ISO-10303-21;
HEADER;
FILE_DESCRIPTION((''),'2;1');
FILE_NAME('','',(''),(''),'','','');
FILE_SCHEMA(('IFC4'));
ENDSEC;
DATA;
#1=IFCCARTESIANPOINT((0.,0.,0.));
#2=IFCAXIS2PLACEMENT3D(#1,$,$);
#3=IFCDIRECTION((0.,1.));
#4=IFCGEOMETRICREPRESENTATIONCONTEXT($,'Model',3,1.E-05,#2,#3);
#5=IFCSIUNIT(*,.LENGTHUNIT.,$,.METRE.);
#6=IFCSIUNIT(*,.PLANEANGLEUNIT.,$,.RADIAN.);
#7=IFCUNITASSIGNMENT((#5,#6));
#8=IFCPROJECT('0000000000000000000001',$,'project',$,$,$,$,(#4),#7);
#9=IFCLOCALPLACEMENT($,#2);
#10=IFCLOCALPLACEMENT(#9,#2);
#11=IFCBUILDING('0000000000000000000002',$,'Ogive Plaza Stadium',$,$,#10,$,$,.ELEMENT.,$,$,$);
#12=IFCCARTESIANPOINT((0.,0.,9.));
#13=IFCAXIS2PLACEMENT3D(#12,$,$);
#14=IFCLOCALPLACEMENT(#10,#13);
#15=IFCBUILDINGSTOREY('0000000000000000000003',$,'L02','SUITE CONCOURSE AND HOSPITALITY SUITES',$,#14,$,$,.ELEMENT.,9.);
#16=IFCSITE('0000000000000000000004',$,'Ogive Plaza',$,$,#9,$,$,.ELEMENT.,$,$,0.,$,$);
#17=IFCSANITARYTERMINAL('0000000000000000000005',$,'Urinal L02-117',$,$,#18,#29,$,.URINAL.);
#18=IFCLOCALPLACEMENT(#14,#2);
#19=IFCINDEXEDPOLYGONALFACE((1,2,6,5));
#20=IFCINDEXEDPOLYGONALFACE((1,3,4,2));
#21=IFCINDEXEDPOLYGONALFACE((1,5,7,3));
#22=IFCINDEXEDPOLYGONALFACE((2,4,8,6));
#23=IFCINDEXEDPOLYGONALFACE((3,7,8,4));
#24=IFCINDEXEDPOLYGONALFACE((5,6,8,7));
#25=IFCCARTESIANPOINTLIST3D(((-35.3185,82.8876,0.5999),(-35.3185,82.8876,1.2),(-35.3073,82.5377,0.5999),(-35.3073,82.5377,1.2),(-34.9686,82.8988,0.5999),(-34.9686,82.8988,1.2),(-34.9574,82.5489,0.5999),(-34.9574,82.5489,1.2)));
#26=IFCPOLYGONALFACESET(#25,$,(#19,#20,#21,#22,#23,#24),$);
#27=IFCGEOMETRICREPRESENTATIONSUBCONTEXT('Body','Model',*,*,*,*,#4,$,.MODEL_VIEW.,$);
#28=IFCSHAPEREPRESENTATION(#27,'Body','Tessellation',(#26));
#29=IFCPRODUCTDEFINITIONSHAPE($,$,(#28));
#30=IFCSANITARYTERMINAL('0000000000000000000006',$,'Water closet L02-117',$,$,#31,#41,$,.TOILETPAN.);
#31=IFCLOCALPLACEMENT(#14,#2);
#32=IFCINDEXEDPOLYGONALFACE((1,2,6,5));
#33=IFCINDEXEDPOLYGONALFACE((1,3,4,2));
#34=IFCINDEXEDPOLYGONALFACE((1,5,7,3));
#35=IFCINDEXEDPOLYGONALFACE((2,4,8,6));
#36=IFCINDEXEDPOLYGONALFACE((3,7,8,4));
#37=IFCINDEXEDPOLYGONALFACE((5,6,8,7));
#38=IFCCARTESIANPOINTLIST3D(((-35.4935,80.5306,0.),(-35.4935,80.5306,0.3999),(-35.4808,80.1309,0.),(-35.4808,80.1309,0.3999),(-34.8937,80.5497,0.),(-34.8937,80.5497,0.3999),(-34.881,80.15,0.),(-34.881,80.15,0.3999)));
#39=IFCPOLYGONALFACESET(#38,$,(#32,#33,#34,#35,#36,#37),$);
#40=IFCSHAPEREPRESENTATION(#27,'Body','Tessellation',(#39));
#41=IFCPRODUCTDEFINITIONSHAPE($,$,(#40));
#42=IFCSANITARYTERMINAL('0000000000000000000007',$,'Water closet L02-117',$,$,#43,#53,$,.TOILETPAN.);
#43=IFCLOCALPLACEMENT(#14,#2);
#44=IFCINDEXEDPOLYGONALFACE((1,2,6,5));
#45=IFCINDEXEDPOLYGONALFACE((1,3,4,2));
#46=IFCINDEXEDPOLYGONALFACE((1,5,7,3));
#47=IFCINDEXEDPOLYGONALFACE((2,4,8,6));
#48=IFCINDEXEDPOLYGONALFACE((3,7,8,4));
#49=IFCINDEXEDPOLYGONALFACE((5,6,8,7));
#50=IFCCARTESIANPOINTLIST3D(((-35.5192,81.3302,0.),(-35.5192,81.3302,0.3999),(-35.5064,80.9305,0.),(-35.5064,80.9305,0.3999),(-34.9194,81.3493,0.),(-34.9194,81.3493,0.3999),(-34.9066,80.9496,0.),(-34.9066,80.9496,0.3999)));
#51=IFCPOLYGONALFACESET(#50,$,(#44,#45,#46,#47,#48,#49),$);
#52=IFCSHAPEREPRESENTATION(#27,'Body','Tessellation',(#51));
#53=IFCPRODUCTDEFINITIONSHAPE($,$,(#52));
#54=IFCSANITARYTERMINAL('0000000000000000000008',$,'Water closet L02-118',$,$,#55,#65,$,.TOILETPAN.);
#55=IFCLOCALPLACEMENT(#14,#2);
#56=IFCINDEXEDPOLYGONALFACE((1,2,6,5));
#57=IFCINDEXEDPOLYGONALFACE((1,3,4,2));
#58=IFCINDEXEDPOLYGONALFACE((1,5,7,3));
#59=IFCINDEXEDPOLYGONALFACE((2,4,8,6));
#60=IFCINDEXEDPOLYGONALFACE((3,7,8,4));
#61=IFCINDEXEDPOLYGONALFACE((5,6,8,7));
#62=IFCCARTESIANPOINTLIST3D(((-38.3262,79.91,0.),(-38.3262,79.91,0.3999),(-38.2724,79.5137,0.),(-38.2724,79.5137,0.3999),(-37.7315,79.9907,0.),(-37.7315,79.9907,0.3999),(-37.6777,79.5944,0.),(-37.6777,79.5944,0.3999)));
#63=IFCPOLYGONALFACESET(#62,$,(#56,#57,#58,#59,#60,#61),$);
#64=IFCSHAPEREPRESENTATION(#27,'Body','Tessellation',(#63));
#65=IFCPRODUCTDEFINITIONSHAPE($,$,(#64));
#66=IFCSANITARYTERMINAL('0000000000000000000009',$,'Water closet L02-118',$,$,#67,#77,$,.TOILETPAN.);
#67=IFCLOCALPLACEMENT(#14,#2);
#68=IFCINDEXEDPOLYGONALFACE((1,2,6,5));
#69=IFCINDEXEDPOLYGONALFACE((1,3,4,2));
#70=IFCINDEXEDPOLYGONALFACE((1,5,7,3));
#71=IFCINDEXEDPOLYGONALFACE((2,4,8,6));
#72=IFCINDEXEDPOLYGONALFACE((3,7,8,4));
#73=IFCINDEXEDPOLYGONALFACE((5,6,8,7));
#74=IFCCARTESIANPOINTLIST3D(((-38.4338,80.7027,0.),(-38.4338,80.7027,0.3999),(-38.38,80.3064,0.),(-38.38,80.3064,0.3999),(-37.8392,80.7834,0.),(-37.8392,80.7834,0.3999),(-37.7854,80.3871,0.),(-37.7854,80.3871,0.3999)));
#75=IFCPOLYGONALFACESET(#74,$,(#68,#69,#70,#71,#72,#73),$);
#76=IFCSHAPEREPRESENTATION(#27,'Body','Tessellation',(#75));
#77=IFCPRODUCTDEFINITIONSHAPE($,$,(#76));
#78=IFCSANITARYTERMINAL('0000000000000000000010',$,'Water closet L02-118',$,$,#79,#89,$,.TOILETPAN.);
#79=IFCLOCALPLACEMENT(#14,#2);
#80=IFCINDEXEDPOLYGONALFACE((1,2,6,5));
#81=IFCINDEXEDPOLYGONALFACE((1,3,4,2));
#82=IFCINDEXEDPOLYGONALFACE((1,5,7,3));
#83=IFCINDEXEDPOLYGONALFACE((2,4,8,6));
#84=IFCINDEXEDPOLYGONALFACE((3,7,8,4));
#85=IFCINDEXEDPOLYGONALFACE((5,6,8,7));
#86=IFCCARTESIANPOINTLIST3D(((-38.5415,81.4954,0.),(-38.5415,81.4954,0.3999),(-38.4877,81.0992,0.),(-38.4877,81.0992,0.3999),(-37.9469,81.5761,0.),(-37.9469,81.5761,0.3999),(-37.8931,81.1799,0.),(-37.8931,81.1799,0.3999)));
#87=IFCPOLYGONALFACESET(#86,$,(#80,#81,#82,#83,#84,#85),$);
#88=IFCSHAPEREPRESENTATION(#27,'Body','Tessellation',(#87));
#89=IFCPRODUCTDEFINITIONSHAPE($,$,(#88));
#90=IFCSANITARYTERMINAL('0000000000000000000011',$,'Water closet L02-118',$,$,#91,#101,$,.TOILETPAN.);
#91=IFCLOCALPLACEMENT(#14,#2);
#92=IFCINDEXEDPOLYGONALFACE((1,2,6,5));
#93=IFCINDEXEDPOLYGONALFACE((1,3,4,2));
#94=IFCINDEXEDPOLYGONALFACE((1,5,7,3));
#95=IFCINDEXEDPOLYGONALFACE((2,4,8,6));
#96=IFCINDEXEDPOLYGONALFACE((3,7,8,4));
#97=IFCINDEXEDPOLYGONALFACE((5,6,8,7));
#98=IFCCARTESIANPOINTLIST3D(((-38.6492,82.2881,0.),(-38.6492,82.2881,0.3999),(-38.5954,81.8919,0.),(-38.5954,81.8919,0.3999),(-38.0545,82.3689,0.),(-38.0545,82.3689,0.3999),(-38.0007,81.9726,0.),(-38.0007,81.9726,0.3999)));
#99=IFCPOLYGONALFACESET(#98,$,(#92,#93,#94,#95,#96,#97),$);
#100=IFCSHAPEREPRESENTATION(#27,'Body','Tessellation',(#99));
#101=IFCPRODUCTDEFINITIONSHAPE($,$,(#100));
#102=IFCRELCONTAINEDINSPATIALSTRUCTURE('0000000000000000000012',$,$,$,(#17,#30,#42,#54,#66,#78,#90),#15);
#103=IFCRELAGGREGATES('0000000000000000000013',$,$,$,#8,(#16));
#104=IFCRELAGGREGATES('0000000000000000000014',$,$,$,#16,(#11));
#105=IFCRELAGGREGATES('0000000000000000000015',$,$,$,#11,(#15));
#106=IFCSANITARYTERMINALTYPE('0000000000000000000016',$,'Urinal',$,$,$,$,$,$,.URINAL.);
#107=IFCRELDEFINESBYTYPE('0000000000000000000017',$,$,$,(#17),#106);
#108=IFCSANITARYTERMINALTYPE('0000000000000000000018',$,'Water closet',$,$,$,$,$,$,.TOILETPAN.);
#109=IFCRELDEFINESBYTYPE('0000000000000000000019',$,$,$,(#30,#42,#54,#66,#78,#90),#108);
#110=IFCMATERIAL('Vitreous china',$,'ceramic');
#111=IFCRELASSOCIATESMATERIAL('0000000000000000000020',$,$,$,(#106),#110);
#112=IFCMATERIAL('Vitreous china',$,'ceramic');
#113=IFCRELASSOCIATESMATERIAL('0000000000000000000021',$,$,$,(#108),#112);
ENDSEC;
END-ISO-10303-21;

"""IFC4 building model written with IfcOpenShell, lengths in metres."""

from ifc_helpers import new_model, si_unit, direction, frame, origin, origin_2d, place, context, subcontext, project, spatial, rectangle, extrude, material, type_object, element, save


model = new_model("IFC4")

# Units and contexts
model_context = context("Model", 3, precision=1e-05, world=origin(), true_north=direction((0.0, 1.0)))
body_context = subcontext(model_context, "Body", "Model", "MODEL_VIEW")
ifc_project = project(units=[si_unit("LENGTHUNIT", "METRE"), si_unit("PLANEANGLEUNIT", "RADIAN")], contexts=[model_context])

# Site, building, storey
site_placement = place(None, origin())
site = spatial("IfcSite", under=ifc_project, at=site_placement, Name="Ogive Plaza", CompositionType="ELEMENT", RefElevation=0.0)
building_placement = place(site_placement, origin())
building = spatial("IfcBuilding", under=site, at=building_placement, Name="Ogive Plaza Stadium", CompositionType="ELEMENT")
storey_placement = place(building_placement, frame((0.0, 0.0, 9.0)))
storey = spatial("IfcBuildingStorey", under=building, at=storey_placement, Name="L02", Description="SUITE CONCOURSE AND HOSPITALITY SUITES", CompositionType="ELEMENT", Elevation=9.0)

# Sanitary terminals
ifc_material_1 = material(Name="Vitreous china", Category="ceramic")
sanitary_terminal_type_1 = type_object("IfcSanitaryTerminalType", Name="Urinal", PredefinedType="URINAL", material=ifc_material_1)
for number, where, z_axis, x_axis, name in (
    (1, (-35.1379, 82.7183, 0.5999), (0.0, 0.0, 1.0), (-0.031849, 0.999493, 0.0), "Urinal L02-117"),
):
    element("IfcSanitaryTerminal", number, at=place(storey_placement, frame(where, z_axis=z_axis, x_axis=x_axis)), inside=storey, type_object=sanitary_terminal_type_1, Name=name, PredefinedType="URINAL", context=body_context, shape_type="SweptSolid", body=[
        extrude(rectangle(XDim=0.3501, YDim=0.3501, at=origin_2d()), origin(), (0.0, 0.0, 1.0), 0.6001),
    ])
ifc_material_2 = material(Name="Vitreous china", Category="ceramic")
sanitary_terminal_type_2 = type_object("IfcSanitaryTerminalType", Name="Water closet", PredefinedType="TOILETPAN", material=ifc_material_2)
for number, where, z_axis, x_axis, name in (
    (2, (-35.1873, 80.3403, 0.0), (0.0, 0.0, 1.0), (-0.031849, 0.999493, 0.0), "Water closet L02-117"),
    (3, (-35.2129, 81.1399, 0.0), (0.0, 0.0, 1.0), (-0.031849, 0.999493, 0.0), "Water closet L02-117"),
    (4, (-38.002, 79.7522, 0.0), (0.0, 0.0, 1.0), (-0.13451, 0.990912, 0.0), "Water closet L02-118"),
    (5, (-38.1096, 80.5449, 0.0), (0.0, 0.0, 1.0), (-0.13451, 0.990912, 0.0), "Water closet L02-118"),
    (6, (-38.2173, 81.3376, 0.0), (0.0, 0.0, 1.0), (-0.13451, 0.990912, 0.0), "Water closet L02-118"),
    (7, (-38.325, 82.1304, 0.0), (0.0, 0.0, 1.0), (-0.13451, 0.990912, 0.0), "Water closet L02-118"),
):
    element("IfcSanitaryTerminal", number, at=place(storey_placement, frame(where, z_axis=z_axis, x_axis=x_axis)), inside=storey, type_object=sanitary_terminal_type_2, Name=name, PredefinedType="TOILETPAN", context=body_context, shape_type="SweptSolid", body=[
        extrude(rectangle(XDim=0.3999, YDim=0.6001, at=origin_2d()), origin(), (0.0, 0.0, 1.0), 0.3999),
    ])

save(model, "model.ifc")
